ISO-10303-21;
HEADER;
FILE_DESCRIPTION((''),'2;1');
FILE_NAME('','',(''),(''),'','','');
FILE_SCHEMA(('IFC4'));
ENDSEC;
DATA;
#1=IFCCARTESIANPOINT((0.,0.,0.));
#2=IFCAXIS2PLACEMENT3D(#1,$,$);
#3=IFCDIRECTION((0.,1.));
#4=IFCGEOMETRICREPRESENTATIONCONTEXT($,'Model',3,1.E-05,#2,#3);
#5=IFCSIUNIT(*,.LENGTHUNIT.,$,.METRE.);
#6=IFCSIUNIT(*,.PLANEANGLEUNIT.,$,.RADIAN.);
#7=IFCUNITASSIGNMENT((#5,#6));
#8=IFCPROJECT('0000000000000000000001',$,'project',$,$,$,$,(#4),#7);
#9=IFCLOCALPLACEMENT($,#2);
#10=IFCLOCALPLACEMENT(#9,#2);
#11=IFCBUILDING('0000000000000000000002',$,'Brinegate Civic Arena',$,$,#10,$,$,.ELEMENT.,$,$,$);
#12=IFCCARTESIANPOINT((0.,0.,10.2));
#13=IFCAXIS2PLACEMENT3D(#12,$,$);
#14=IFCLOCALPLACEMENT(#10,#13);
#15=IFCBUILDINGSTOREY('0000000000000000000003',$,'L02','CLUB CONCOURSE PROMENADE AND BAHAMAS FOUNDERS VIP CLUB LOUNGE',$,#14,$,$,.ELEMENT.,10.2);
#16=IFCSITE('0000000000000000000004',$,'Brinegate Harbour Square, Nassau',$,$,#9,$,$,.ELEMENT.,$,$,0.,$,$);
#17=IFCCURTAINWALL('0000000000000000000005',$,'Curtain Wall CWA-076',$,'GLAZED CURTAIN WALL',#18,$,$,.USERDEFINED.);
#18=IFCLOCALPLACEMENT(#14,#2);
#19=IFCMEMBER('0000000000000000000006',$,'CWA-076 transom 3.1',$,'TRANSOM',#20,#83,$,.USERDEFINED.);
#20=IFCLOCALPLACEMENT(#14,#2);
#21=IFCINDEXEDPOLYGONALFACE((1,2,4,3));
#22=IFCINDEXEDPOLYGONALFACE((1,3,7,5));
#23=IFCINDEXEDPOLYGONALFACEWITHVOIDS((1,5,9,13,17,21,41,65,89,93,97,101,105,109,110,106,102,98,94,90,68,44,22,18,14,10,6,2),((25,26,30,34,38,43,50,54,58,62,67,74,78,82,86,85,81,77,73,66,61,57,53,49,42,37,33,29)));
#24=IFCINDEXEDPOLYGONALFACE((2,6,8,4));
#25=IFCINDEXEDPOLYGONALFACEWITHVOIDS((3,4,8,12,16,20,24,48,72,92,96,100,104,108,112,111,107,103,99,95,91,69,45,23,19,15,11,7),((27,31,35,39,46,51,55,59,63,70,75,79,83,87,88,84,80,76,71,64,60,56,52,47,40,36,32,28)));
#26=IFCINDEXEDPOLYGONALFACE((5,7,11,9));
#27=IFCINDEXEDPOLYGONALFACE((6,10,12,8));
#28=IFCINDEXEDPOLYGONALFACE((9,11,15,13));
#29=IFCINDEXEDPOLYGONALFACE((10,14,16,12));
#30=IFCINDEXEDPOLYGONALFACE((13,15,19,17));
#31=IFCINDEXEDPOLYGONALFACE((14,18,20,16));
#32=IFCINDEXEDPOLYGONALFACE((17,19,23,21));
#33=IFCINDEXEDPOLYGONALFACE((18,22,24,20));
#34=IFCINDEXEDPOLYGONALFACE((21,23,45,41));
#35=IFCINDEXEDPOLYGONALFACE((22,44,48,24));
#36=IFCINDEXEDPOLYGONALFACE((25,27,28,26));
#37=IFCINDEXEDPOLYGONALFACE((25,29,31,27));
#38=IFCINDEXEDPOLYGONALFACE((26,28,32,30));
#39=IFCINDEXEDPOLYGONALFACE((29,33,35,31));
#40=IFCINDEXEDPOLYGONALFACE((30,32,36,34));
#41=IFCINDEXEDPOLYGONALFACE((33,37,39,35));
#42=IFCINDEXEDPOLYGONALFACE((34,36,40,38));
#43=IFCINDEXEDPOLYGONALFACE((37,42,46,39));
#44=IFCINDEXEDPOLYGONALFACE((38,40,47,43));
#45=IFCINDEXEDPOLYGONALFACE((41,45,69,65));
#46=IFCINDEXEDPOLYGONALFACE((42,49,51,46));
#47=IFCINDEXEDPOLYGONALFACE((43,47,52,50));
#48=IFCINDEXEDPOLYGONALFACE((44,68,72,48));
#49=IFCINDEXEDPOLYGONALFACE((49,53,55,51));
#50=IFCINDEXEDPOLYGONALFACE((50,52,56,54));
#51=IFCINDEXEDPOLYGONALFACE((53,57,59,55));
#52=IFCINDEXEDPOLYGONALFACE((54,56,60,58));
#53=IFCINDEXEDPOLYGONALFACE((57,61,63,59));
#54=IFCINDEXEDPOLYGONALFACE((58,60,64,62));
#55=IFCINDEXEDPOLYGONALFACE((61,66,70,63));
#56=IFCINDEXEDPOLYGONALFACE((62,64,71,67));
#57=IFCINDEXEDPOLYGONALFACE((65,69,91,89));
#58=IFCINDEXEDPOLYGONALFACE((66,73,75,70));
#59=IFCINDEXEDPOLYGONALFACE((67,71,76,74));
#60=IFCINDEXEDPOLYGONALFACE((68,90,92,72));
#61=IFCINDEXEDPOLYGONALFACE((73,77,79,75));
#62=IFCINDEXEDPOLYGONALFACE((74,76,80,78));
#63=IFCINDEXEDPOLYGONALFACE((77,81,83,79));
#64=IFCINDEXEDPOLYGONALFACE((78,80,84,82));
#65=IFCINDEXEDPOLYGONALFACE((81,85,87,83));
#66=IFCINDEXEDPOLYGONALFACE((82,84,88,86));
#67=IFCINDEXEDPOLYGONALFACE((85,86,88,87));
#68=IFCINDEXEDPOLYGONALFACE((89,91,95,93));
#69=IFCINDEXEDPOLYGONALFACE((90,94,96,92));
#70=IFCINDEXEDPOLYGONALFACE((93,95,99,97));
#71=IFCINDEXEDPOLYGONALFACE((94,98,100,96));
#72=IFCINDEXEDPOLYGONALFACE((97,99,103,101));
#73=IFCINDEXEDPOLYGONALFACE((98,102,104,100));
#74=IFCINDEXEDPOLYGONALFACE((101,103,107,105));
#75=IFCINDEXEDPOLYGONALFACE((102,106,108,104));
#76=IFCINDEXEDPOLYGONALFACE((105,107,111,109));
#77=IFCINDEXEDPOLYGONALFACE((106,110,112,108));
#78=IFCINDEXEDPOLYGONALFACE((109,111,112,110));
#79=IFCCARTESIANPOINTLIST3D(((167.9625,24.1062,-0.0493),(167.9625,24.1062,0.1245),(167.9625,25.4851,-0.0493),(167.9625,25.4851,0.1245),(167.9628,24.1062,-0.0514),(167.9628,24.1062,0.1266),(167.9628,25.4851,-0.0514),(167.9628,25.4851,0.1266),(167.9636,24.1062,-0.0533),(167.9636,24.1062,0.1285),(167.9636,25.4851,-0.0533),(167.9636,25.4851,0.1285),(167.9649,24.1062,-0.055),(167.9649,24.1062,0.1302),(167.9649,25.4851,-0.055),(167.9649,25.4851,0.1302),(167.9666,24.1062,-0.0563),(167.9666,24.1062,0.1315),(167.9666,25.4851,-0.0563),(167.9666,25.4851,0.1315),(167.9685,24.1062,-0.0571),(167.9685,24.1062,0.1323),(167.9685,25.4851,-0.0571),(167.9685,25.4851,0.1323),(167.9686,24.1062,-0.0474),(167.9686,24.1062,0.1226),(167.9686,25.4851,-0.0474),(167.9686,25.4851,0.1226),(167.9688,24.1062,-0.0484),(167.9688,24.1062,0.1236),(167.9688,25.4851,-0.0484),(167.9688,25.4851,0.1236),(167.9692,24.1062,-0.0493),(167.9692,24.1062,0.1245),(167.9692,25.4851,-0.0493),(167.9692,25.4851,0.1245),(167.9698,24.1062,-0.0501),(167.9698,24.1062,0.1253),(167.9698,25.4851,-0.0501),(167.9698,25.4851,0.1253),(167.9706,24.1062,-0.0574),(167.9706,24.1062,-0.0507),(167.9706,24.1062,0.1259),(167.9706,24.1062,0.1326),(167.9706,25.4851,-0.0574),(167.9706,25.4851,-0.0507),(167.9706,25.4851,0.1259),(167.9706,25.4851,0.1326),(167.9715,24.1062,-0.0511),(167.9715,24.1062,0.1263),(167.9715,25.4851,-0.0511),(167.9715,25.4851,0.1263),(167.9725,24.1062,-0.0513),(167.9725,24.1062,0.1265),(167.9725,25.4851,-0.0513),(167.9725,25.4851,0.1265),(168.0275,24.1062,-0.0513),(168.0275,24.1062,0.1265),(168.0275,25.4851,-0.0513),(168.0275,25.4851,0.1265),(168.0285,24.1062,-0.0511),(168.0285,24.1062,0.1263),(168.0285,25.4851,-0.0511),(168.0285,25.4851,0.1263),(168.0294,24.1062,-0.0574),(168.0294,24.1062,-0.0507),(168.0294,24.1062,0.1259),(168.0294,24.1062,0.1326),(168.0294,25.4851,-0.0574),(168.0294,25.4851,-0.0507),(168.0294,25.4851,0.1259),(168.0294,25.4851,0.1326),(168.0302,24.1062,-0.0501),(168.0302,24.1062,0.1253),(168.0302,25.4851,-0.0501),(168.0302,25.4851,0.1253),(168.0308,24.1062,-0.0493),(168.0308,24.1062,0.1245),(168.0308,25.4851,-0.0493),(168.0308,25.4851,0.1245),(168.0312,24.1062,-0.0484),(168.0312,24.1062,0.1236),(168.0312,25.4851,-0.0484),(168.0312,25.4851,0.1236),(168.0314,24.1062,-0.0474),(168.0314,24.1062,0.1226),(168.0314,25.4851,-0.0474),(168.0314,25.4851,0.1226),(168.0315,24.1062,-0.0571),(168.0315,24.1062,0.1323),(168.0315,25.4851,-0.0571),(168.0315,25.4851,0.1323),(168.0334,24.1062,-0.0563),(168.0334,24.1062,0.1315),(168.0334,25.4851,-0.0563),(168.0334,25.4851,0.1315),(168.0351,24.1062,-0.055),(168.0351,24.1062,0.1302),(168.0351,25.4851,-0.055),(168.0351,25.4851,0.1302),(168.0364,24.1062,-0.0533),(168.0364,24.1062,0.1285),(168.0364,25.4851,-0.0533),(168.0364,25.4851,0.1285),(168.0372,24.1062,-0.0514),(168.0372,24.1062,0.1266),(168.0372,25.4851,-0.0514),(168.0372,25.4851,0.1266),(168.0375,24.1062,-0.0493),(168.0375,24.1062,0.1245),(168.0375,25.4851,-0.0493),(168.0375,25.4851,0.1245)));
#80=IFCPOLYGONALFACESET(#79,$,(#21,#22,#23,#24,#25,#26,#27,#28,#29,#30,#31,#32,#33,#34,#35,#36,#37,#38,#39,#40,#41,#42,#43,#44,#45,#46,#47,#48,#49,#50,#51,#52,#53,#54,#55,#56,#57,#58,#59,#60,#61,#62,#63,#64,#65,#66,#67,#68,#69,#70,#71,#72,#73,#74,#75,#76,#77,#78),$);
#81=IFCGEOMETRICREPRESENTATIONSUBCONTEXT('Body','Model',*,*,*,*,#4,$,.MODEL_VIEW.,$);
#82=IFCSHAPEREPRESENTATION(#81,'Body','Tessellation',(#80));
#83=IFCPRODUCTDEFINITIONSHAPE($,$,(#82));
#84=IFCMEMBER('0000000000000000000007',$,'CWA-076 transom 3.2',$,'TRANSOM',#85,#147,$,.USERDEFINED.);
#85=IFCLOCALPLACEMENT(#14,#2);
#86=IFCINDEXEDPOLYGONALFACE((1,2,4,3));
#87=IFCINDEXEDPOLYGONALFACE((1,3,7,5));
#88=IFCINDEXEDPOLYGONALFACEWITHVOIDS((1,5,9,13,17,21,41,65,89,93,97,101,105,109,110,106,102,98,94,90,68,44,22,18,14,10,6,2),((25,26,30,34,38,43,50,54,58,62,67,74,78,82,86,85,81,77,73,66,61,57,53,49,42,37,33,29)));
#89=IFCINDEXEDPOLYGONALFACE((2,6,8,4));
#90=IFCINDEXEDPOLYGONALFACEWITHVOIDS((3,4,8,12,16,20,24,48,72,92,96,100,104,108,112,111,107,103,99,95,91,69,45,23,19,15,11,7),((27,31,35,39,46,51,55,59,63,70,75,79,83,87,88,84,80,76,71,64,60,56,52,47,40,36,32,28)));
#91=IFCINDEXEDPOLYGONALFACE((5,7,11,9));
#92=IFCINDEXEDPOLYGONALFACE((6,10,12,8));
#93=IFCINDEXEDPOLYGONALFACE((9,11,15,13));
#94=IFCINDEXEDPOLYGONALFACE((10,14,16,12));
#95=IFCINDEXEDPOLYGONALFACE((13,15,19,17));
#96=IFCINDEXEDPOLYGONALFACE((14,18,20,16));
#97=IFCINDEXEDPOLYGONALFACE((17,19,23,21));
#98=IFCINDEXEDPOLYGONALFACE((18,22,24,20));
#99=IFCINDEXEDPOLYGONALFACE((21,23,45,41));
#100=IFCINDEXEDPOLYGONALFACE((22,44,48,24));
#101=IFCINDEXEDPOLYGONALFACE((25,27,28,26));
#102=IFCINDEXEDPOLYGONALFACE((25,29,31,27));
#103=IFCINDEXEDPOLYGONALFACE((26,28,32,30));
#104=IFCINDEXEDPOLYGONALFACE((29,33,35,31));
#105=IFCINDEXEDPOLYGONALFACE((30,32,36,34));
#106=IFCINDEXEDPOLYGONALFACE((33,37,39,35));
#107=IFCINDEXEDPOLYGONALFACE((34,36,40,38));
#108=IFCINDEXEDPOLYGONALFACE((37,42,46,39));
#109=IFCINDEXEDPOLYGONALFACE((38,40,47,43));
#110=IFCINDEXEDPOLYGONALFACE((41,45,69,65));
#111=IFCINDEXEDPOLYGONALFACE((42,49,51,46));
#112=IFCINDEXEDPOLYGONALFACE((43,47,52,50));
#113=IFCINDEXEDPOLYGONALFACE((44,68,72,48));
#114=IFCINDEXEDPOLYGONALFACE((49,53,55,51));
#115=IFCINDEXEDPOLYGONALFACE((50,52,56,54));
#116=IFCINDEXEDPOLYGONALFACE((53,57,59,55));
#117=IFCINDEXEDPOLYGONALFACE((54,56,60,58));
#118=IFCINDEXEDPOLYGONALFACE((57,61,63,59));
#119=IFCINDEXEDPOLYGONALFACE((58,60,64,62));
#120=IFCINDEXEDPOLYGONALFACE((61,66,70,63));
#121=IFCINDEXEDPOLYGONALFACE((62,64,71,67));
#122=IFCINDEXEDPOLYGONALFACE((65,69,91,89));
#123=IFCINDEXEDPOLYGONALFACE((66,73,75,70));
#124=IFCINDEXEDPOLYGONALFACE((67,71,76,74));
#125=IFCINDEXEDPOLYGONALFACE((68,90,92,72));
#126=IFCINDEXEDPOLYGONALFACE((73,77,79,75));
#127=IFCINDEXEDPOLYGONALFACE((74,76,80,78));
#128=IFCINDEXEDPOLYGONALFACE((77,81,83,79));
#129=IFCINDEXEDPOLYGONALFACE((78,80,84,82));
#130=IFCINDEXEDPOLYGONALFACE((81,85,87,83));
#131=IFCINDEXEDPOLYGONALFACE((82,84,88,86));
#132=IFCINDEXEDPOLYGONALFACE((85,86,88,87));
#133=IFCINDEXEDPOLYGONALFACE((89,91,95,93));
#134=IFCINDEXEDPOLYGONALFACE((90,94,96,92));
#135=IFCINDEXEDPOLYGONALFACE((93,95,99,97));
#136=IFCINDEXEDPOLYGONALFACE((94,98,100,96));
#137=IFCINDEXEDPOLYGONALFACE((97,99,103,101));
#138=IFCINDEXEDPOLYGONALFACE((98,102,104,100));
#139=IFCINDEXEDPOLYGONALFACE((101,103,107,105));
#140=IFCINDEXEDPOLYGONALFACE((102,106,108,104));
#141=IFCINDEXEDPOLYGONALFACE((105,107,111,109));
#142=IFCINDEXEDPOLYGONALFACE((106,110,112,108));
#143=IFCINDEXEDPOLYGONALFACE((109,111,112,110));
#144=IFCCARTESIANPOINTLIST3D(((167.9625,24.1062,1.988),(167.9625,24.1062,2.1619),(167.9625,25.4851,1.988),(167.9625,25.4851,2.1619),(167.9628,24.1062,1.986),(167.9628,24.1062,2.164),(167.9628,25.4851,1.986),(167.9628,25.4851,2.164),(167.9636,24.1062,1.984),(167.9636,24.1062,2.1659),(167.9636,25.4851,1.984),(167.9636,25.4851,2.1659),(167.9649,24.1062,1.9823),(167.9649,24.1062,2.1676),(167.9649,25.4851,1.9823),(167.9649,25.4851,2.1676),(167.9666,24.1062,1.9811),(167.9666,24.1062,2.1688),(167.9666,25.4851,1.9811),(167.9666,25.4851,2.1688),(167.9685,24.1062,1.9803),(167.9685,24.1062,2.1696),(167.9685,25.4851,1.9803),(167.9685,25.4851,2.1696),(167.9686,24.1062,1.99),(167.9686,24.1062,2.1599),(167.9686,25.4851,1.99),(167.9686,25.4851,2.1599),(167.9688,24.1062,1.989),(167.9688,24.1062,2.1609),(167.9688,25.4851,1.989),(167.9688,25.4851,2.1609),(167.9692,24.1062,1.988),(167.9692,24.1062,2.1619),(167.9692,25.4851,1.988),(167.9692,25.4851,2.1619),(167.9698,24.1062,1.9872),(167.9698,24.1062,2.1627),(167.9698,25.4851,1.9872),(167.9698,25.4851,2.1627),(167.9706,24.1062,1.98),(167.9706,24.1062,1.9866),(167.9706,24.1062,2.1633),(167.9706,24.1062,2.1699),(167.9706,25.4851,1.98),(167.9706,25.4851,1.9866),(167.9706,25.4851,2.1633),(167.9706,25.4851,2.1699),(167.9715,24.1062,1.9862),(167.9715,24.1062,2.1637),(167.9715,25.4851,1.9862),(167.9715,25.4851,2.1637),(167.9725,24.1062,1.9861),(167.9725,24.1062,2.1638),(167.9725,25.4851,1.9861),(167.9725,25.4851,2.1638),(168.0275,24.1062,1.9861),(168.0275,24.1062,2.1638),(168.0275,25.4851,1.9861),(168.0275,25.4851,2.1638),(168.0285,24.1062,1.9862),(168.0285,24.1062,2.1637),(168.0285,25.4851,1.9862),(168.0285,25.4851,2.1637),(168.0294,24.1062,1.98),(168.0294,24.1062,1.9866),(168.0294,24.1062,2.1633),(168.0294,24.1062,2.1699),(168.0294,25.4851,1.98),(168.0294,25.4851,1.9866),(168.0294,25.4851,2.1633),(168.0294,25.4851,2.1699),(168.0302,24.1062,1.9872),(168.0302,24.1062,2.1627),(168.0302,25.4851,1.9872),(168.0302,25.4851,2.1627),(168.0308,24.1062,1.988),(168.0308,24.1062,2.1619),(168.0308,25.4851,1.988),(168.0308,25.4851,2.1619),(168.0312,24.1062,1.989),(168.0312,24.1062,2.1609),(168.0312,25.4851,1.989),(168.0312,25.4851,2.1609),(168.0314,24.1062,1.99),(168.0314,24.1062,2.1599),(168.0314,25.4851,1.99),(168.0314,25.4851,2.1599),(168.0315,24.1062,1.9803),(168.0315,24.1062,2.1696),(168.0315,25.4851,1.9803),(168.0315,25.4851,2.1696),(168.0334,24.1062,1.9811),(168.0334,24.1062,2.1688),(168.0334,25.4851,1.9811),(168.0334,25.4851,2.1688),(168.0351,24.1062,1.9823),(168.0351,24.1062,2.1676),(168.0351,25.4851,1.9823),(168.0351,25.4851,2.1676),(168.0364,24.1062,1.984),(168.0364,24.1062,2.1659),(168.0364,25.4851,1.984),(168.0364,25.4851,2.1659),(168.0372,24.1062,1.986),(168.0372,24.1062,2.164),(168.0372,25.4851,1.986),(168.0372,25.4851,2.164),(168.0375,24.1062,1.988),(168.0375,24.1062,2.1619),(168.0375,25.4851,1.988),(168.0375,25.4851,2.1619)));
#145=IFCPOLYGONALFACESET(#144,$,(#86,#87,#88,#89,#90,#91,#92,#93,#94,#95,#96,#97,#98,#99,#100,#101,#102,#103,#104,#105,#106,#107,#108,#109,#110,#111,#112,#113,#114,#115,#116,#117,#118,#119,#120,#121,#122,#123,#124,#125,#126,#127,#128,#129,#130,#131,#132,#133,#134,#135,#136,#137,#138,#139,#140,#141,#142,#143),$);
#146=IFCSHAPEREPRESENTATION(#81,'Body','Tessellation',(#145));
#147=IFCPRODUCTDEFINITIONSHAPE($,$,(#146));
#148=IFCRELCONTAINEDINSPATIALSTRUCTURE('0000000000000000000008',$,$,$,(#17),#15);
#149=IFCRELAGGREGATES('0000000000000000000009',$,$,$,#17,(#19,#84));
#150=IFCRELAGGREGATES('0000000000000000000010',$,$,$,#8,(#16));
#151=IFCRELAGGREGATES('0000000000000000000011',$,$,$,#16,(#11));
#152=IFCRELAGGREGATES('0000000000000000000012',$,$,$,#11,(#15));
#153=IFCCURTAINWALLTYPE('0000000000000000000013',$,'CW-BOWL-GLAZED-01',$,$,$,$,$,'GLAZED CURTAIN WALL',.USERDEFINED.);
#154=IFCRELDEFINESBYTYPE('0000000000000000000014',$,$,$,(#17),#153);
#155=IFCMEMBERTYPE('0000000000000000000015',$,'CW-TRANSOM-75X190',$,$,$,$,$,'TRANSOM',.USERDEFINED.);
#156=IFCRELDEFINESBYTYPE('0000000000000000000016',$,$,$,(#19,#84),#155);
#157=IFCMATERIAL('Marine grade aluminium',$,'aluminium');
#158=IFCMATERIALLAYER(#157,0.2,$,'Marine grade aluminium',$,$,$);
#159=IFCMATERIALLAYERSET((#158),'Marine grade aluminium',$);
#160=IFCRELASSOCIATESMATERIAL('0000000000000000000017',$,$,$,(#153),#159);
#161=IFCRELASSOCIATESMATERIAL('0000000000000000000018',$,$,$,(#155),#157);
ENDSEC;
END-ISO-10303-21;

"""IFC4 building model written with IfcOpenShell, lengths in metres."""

from ifc_helpers import new_model, si_unit, direction, frame, origin, origin_2d, place, context, subcontext, project, spatial, hollow_rectangle, extrude, material, layer, layer_set, material_profile, profile_set, type_object, element, aggregate, save


model = new_model("IFC4")

# Units and contexts
model_context = context("Model", 3, precision=1e-05, world=origin(), true_north=direction((0.0, 1.0)))
body_context = subcontext(model_context, "Body", "Model", "MODEL_VIEW")
ifc_project = project(units=[si_unit("LENGTHUNIT", "METRE"), si_unit("PLANEANGLEUNIT", "RADIAN")], contexts=[model_context])

# Site, building, storey
site_placement = place(None, origin())
site = spatial("IfcSite", under=ifc_project, at=site_placement, Name="Brinegate Harbour Square, Nassau", CompositionType="ELEMENT", RefElevation=0.0)
building_placement = place(site_placement, origin())
building = spatial("IfcBuilding", under=site, at=building_placement, Name="Brinegate Civic Arena", CompositionType="ELEMENT")
storey_placement = place(building_placement, frame((0.0, 0.0, 10.2)))
storey = spatial("IfcBuildingStorey", under=building, at=storey_placement, Name="L02", Description="CLUB CONCOURSE PROMENADE AND BAHAMAS FOUNDERS VIP CLUB LOUNGE", CompositionType="ELEMENT", Elevation=10.2)

# Curtain wall, members
ifc_material_1 = material(Name="Marine grade aluminium", Category="aluminium")
ifc_layer_1 = layer(ifc_material_1, 0.2, Name="Marine grade aluminium")
ifc_layer_set_1 = layer_set([ifc_layer_1], Name="Marine grade aluminium")
curtain_wall_type = type_object("IfcCurtainWallType", Name="CW-BOWL-GLAZED-01", ElementType="GLAZED CURTAIN WALL", PredefinedType="USERDEFINED", material=ifc_layer_set_1)
curtain_wall_placement = place(storey_placement, origin())
curtain_wall = element("IfcCurtainWall", 1, at=curtain_wall_placement, inside=storey, type_object=curtain_wall_type, Name="Curtain Wall CWA-076", ObjectType="GLAZED CURTAIN WALL", PredefinedType="USERDEFINED")
ifc_material_profile_1 = material_profile(ifc_material_1, hollow_rectangle(XDim=0.075, YDim=0.1899, WallThickness=0.0061, InnerFilletRadius=0.0039, OuterFilletRadius=0.0081, at=origin_2d()), Name="TRN75X190")
ifc_profile_set_1 = profile_set([ifc_material_profile_1], Name="Marine grade aluminium")
member_type_1 = type_object("IfcMemberType", Name="CW-TRANSOM-75X190", ElementType="TRANSOM", PredefinedType="USERDEFINED", material=ifc_profile_set_1)
member_1_placement = place(storey_placement, frame((168.0, 24.1062, 0.0376), z_axis=(0.0, 1.0, 0.0), x_axis=(-1.0, 0.0, 0.0)))
member_1 = element("IfcMember", 2, at=member_1_placement, type_object=member_type_1, Name="CWA-076 transom 3.1", ObjectType="TRANSOM", PredefinedType="USERDEFINED", context=body_context, shape_type="SweptSolid", body=[
    extrude(hollow_rectangle(XDim=0.075, YDim=0.1899, WallThickness=0.0061, InnerFilletRadius=0.0039, OuterFilletRadius=0.0081, at=origin_2d()), origin(), (0.0, 0.0, 1.0), 1.3789),
])
member_2_placement = place(storey_placement, frame((168.0, 24.1062, 2.075), z_axis=(0.0, 1.0, 0.0), x_axis=(-1.0, 0.0, 0.0)))
member_2 = element("IfcMember", 3, at=member_2_placement, type_object=member_type_1, Name="CWA-076 transom 3.2", ObjectType="TRANSOM", PredefinedType="USERDEFINED", context=body_context, shape_type="SweptSolid", body=[
    extrude(hollow_rectangle(XDim=0.075, YDim=0.1899, WallThickness=0.0061, InnerFilletRadius=0.0039, OuterFilletRadius=0.0081, at=origin_2d()), origin(), (0.0, 0.0, 1.0), 1.3789),
])

aggregate(curtain_wall, [member_1, member_2])

save(model, "model.ifc")
